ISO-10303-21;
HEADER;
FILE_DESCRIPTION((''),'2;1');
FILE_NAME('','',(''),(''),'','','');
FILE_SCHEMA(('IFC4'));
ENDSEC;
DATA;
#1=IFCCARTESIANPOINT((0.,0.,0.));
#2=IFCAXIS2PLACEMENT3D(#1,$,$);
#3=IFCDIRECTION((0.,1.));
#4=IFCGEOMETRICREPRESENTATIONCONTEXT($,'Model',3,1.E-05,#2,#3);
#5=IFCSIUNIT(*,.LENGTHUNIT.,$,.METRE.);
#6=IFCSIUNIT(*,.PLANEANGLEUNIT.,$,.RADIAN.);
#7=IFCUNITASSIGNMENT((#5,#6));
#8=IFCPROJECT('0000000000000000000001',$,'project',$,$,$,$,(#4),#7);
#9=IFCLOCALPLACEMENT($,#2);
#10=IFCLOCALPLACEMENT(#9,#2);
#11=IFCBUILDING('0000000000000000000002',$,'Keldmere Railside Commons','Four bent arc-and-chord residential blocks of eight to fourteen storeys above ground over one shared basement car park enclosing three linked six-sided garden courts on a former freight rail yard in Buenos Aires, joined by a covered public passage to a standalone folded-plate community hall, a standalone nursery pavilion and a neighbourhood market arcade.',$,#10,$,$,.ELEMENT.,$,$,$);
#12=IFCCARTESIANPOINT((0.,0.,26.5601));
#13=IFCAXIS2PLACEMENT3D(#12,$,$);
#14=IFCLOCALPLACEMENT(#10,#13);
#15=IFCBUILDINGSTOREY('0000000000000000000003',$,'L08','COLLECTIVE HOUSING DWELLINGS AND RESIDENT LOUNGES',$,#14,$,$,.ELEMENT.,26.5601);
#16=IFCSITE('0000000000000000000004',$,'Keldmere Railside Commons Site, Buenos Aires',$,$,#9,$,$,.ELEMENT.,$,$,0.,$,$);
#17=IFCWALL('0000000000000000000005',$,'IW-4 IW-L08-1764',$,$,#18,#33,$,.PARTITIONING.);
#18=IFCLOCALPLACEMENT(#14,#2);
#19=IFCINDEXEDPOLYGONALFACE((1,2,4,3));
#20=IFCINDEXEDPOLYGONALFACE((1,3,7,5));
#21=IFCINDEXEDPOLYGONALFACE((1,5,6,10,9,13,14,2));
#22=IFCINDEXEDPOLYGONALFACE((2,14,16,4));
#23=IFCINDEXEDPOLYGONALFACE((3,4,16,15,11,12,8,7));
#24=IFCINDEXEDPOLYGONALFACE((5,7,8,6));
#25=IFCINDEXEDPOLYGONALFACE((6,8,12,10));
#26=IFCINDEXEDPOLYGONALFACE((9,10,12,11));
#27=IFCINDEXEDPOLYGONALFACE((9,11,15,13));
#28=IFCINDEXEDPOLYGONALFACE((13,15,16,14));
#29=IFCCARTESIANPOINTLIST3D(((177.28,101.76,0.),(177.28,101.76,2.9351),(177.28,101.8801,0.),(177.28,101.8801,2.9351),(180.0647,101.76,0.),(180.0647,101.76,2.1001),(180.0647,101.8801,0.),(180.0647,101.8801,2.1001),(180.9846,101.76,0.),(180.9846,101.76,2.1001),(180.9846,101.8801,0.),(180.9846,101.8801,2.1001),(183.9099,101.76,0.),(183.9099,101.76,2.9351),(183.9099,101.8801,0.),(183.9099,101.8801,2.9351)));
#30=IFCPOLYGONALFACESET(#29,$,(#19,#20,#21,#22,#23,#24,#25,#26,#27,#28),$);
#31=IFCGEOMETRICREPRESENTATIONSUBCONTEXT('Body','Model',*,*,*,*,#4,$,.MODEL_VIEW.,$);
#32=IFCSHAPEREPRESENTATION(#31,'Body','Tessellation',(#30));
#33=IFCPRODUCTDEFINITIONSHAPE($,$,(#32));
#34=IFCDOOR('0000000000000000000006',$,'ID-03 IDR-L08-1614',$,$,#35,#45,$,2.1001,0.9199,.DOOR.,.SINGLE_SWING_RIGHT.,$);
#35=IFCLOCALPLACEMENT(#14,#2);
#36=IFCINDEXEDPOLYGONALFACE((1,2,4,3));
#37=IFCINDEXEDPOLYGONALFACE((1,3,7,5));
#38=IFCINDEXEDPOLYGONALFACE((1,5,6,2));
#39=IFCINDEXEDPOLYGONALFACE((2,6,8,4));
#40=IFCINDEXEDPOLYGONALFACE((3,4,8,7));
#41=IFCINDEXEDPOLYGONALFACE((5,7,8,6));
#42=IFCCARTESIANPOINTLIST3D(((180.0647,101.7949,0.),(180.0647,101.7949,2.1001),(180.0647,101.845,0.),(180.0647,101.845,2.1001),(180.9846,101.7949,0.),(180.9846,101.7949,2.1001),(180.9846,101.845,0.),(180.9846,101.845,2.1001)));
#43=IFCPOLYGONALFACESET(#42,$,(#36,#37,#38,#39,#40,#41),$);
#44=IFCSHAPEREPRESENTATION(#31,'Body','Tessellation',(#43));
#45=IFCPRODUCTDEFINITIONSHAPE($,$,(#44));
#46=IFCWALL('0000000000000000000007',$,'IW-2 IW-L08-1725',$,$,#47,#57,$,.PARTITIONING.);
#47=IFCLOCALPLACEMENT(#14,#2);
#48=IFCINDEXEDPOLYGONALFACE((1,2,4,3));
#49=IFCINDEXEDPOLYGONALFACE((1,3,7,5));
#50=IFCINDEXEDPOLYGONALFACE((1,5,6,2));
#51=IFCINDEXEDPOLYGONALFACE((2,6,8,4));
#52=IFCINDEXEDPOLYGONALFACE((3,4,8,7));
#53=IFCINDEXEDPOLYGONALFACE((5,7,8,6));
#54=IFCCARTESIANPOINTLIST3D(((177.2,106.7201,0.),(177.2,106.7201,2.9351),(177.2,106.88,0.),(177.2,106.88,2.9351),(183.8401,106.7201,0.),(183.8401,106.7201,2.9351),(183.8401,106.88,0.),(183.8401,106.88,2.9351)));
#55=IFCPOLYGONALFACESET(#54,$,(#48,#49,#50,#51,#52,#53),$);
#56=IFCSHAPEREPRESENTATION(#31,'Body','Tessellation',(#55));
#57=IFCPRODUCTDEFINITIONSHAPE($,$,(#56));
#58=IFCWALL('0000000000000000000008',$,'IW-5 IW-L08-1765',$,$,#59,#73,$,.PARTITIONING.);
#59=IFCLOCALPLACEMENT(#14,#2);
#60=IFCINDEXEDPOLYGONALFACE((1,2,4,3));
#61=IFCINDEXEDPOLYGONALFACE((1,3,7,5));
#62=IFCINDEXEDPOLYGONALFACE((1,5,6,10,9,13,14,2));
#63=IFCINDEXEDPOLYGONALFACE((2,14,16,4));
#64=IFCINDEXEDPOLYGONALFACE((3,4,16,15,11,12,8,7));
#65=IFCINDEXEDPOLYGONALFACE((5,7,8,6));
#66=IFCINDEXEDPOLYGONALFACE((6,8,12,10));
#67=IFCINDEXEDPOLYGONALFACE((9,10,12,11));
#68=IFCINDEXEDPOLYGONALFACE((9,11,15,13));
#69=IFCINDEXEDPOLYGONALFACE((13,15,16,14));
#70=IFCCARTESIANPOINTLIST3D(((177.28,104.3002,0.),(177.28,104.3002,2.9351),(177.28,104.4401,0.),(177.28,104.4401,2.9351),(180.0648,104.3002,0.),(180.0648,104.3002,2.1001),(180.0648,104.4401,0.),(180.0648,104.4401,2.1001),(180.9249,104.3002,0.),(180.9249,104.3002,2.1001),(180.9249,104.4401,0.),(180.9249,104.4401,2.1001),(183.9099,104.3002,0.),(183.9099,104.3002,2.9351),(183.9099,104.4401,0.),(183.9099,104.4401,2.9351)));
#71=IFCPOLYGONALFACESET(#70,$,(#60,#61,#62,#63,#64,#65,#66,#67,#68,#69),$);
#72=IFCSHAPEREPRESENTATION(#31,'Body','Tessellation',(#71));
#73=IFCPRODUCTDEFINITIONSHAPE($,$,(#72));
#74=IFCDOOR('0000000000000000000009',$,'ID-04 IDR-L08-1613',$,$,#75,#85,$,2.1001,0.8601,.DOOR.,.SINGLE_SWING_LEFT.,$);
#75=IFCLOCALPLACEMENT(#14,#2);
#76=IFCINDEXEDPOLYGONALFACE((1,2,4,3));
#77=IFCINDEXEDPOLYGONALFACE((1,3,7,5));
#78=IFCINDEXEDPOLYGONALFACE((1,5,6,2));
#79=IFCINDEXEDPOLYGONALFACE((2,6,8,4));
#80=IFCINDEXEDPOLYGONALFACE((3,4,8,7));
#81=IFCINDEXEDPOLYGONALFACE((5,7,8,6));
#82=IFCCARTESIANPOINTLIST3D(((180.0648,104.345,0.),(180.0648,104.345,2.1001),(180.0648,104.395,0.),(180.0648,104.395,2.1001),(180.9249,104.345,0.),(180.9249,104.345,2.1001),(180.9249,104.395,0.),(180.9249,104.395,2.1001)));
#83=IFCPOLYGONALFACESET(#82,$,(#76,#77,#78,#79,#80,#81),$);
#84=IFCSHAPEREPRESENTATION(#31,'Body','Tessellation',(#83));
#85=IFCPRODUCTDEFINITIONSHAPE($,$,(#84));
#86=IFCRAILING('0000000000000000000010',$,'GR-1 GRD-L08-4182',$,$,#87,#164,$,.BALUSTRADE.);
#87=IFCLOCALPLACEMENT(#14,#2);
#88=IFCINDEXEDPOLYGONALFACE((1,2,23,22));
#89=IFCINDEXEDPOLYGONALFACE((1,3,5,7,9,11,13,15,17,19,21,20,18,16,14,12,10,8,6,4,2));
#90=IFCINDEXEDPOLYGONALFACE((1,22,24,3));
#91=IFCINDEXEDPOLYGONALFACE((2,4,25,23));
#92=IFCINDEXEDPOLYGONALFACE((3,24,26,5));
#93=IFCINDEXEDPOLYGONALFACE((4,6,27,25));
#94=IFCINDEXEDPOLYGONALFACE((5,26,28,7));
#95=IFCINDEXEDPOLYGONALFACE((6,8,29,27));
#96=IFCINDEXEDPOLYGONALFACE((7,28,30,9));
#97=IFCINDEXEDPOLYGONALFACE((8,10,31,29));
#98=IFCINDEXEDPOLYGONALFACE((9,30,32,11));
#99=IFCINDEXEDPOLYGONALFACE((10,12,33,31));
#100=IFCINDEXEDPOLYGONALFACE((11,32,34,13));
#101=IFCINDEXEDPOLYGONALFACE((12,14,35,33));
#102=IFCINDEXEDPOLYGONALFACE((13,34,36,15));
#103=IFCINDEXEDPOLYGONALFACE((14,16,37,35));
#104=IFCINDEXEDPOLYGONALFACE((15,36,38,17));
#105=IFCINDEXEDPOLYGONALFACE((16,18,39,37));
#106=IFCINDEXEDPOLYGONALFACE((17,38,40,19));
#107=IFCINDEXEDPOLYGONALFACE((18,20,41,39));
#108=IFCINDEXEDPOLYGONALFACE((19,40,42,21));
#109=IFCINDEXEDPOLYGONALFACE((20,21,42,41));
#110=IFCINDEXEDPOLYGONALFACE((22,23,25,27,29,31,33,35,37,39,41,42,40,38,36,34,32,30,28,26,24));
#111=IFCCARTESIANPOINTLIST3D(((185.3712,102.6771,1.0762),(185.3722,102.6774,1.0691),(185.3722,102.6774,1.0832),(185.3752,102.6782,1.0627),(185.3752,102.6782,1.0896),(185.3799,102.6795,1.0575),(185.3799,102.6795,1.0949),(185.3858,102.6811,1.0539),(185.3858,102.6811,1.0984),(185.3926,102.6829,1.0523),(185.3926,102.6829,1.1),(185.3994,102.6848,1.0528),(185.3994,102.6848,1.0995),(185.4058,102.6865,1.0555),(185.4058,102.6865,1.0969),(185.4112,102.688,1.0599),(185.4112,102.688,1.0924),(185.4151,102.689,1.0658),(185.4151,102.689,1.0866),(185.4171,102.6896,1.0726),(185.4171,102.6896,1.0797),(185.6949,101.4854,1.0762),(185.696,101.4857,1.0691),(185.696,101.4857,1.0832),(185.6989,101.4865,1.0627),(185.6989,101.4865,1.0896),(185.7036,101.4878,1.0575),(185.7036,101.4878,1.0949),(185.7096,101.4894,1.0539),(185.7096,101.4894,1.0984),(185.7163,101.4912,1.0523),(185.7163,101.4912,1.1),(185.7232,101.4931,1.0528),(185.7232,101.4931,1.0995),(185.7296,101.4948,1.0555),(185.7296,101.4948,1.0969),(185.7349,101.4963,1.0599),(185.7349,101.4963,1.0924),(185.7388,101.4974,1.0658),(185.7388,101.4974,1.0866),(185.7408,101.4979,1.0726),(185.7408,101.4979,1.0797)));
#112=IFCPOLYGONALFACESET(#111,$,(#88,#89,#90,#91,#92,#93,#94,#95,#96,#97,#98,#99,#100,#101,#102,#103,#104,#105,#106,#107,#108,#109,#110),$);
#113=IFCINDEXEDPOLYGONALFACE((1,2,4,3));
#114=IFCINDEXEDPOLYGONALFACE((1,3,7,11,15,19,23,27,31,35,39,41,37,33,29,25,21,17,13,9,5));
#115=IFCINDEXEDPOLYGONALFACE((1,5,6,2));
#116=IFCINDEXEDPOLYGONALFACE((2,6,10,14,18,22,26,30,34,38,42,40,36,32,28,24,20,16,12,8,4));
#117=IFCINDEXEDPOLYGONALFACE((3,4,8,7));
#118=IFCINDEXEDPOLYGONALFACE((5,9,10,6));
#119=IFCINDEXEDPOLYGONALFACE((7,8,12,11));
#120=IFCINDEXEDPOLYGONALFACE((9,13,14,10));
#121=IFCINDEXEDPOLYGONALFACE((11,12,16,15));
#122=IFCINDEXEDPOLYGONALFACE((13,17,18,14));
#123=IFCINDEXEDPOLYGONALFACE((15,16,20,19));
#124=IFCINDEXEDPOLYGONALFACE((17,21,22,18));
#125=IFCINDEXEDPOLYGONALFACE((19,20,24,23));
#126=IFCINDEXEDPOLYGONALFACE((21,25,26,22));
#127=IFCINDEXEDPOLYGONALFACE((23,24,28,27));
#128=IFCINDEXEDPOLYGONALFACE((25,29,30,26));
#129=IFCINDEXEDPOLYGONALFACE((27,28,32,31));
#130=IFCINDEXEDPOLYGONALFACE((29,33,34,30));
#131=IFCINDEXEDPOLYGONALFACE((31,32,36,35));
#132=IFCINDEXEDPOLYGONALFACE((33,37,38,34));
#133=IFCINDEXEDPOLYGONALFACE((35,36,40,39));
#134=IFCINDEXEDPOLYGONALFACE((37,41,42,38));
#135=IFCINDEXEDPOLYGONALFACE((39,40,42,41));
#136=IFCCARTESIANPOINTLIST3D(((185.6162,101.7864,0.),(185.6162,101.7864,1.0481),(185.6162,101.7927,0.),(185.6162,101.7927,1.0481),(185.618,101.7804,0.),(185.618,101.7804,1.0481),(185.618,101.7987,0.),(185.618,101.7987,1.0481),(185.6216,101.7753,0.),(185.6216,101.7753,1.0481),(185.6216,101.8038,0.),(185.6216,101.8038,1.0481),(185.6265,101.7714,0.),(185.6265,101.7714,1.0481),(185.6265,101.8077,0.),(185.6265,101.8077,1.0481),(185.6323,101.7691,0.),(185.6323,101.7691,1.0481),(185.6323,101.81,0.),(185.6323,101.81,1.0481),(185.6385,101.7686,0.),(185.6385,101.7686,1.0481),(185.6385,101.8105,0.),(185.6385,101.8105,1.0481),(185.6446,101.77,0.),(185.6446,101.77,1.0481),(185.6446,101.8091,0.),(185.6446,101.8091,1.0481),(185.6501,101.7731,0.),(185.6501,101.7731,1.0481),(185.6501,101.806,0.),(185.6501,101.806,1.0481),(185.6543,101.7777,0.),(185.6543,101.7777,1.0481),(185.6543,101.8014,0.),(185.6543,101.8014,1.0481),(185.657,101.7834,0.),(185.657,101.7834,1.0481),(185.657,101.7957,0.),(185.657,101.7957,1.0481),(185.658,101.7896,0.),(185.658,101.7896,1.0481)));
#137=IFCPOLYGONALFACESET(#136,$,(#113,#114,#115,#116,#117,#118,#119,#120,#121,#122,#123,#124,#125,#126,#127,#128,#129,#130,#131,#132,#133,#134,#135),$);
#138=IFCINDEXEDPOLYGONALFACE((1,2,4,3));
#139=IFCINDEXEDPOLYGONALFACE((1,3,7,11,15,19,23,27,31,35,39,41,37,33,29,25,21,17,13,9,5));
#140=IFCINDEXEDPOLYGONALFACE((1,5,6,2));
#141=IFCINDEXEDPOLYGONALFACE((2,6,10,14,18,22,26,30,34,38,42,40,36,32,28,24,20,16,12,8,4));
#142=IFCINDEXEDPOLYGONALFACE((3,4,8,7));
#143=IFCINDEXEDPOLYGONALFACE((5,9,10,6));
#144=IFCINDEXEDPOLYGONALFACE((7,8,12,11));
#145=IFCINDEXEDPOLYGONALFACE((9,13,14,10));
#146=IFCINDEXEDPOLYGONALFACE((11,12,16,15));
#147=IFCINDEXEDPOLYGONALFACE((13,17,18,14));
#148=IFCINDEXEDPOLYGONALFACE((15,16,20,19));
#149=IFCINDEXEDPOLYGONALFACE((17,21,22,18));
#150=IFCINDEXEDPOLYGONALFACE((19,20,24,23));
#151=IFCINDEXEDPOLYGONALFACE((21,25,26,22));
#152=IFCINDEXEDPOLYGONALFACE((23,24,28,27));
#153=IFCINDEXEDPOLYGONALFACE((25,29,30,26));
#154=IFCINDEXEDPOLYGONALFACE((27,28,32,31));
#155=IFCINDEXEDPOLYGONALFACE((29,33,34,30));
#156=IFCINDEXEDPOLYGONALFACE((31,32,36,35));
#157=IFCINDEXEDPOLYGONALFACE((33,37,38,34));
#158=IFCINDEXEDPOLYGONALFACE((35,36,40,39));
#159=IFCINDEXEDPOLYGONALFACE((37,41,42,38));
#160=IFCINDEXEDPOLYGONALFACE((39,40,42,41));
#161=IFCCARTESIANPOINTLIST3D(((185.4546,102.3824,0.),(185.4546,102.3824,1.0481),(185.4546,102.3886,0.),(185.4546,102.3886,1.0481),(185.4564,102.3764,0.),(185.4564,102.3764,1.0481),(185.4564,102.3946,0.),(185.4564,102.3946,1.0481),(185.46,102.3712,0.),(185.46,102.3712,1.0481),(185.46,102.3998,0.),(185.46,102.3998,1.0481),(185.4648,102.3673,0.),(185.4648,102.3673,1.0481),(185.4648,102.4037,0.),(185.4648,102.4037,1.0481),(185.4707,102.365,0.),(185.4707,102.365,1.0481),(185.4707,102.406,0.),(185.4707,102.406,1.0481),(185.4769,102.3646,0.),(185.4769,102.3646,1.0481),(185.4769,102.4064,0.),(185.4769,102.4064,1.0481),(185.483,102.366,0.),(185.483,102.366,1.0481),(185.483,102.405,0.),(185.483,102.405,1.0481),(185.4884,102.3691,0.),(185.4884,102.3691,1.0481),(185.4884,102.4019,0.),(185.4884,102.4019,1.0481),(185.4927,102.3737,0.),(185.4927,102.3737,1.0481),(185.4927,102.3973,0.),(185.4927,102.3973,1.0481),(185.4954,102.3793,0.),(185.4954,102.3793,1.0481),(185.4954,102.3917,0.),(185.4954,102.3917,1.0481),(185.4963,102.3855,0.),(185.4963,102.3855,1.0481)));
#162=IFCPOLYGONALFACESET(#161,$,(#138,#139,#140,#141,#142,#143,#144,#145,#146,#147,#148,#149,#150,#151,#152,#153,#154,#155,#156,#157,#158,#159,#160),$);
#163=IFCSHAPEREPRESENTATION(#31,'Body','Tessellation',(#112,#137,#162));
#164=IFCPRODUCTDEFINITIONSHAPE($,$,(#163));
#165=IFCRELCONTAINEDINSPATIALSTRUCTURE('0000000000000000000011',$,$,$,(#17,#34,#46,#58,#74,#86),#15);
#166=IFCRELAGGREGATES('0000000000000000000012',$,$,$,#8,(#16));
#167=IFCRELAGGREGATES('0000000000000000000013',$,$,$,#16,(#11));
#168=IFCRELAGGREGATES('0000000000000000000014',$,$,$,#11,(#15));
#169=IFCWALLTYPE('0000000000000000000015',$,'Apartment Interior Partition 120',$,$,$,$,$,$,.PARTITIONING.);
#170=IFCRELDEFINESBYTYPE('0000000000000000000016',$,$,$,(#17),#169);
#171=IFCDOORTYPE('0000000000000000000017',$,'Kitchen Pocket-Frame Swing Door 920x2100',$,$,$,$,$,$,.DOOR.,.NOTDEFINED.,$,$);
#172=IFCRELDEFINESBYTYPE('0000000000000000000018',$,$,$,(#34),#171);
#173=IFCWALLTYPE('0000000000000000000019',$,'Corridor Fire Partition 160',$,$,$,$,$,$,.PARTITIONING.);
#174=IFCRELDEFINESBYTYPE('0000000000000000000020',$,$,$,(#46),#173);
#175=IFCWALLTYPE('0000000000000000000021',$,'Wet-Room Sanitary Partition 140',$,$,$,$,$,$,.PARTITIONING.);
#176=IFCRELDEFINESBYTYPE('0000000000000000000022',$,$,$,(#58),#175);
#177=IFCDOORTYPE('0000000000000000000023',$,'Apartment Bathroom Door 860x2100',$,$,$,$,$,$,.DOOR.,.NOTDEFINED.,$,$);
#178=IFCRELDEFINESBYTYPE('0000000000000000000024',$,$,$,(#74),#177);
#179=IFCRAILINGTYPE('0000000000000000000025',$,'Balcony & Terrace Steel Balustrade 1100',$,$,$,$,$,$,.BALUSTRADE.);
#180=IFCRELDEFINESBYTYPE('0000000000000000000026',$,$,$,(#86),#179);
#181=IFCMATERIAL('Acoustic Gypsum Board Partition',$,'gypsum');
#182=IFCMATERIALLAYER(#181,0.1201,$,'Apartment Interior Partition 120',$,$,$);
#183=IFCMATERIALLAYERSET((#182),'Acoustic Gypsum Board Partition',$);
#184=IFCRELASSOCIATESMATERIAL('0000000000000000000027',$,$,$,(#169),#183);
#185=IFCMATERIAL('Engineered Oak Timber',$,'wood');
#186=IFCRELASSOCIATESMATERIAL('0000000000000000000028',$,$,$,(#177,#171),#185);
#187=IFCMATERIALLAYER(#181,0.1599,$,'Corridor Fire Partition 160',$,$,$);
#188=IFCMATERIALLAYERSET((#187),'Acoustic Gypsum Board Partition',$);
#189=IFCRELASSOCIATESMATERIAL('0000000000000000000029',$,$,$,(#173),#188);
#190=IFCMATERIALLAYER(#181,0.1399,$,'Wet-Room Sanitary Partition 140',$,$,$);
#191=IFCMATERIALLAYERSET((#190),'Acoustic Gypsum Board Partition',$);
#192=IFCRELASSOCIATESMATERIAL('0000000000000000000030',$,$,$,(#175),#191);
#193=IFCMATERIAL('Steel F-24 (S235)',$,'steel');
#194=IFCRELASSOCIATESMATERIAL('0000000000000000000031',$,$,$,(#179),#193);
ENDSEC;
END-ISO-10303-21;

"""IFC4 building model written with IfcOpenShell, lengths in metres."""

from ifc_helpers import new_model, si_unit, direction, frame, frame_2d, origin, origin_2d, place, context, subcontext, project, spatial, rectangle, circle, extrude, material, layer, layer_set, type_object, element, fill, save


model = new_model("IFC4")

# Units and contexts
model_context = context("Model", 3, precision=1e-05, world=origin(), true_north=direction((0.0, 1.0)))
body_context = subcontext(model_context, "Body", "Model", "MODEL_VIEW")
ifc_project = project(units=[si_unit("LENGTHUNIT", "METRE"), si_unit("PLANEANGLEUNIT", "RADIAN")], contexts=[model_context])

# Site, building, storey
site_placement = place(None, origin())
site = spatial("IfcSite", under=ifc_project, at=site_placement, Name="Keldmere Railside Commons Site, Buenos Aires", CompositionType="ELEMENT", RefElevation=0.0)
building_placement = place(site_placement, origin())
building = spatial("IfcBuilding", under=site, at=building_placement, Name="Keldmere Railside Commons", Description="Four bent arc-and-chord residential blocks of eight to fourteen storeys above ground over one shared basement car park enclosing three linked six-sided garden courts on a former freight rail yard in Buenos Aires, joined by a covered public passage to a standalone folded-plate community hall, a standalone nursery pavilion and a neighbourhood market arcade.", CompositionType="ELEMENT")
storey_placement = place(building_placement, frame((0.0, 0.0, 26.5601)))
storey = spatial("IfcBuildingStorey", under=building, at=storey_placement, Name="L08", Description="COLLECTIVE HOUSING DWELLINGS AND RESIDENT LOUNGES", CompositionType="ELEMENT", Elevation=26.5601)

# Shared definitions
ifc_material_1 = material(Name="Acoustic Gypsum Board Partition", Category="gypsum")
ifc_layer_1 = layer(ifc_material_1, 0.1201, Name="Apartment Interior Partition 120")
ifc_layer_set_1 = layer_set([ifc_layer_1], Name="Acoustic Gypsum Board Partition")
wall_type_1 = type_object("IfcWallType", Name="Apartment Interior Partition 120", PredefinedType="PARTITIONING", material=ifc_layer_set_1)
ifc_material_2 = material(Name="Engineered Oak Timber", Category="wood")
door_type_1 = type_object("IfcDoorType", Name="Apartment Bathroom Door 860x2100", OperationType="NOTDEFINED", PredefinedType="DOOR", material=ifc_material_2)

# Wall, opening, door
wall_1_placement = place(storey_placement, frame((177.28, 101.8201, 0.0), z_axis=(0.0, 0.0, 1.0), x_axis=(1.0, 0.0, 0.0)))
wall_1 = element("IfcWall", 1, at=wall_1_placement, inside=storey, type_object=wall_type_1, Name="IW-4 IW-L08-1764", PredefinedType="PARTITIONING", context=body_context, shape_type="SweptSolid", body=[
    extrude(rectangle(XDim=6.6299, YDim=0.1201, at=frame_2d((3.3149, 0.0))), origin(), (0.0, 0.0, 1.0), 2.9351),
])
opening_1_placement = place(wall_1_placement, frame((2.7847, 0.0, 0.0)))
opening_1 = element("IfcOpeningElement", 2, at=opening_1_placement, cuts=wall_1, PredefinedType="OPENING", context=body_context, shape_type="SweptSolid", body=[
    extrude(rectangle(XDim=0.9199, YDim=2.1001, at=frame_2d((0.46, 1.05))), frame((0.0, 0.0701, 0.0), z_axis=(0.0, -1.0, 0.0), x_axis=(1.0, 0.0, 0.0)), (0.0, 0.0, 1.0), 0.1401),
])
door_type_2 = type_object("IfcDoorType", Name="Kitchen Pocket-Frame Swing Door 920x2100", OperationType="NOTDEFINED", PredefinedType="DOOR", material=ifc_material_2)
door_1_placement = place(opening_1_placement, origin())
door_1 = element("IfcDoor", 3, at=door_1_placement, inside=storey, type_object=door_type_2, Name="ID-03 IDR-L08-1614", OperationType="SINGLE_SWING_RIGHT", OverallHeight=2.1001, OverallWidth=0.9199, PredefinedType="DOOR", context=body_context, shape_type="SweptSolid", body=[
    extrude(rectangle(XDim=0.9199, YDim=2.1001, at=frame_2d((0.46, 1.05))), frame((0.0, 0.0249, 0.0), z_axis=(0.0, -1.0, 0.0), x_axis=(1.0, 0.0, 0.0)), (0.0, 0.0, 1.0), 0.05),
])
fill(opening_1, door_1)

# Wall
ifc_layer_2 = layer(ifc_material_1, 0.1599, Name="Corridor Fire Partition 160")
ifc_layer_set_2 = layer_set([ifc_layer_2], Name="Acoustic Gypsum Board Partition")
wall_type_2 = type_object("IfcWallType", Name="Corridor Fire Partition 160", PredefinedType="PARTITIONING", material=ifc_layer_set_2)
wall_2_placement = place(storey_placement, frame((177.2, 106.8, 0.0), z_axis=(0.0, 0.0, 1.0), x_axis=(1.0, 0.0, 0.0)))
element("IfcWall", 4, at=wall_2_placement, inside=storey, type_object=wall_type_2, Name="IW-2 IW-L08-1725", PredefinedType="PARTITIONING", context=body_context, shape_type="SweptSolid", body=[
    extrude(rectangle(XDim=6.6401, YDim=0.1599, at=frame_2d((3.3201, 0.0))), origin(), (0.0, 0.0, 1.0), 2.9351),
])

# Wall, opening, door
ifc_layer_3 = layer(ifc_material_1, 0.1399, Name="Wet-Room Sanitary Partition 140")
ifc_layer_set_3 = layer_set([ifc_layer_3], Name="Acoustic Gypsum Board Partition")
wall_type_3 = type_object("IfcWallType", Name="Wet-Room Sanitary Partition 140", PredefinedType="PARTITIONING", material=ifc_layer_set_3)
wall_3_placement = place(storey_placement, frame((177.28, 104.3701, 0.0), z_axis=(0.0, 0.0, 1.0), x_axis=(1.0, 0.0, 0.0)))
wall_3 = element("IfcWall", 5, at=wall_3_placement, inside=storey, type_object=wall_type_3, Name="IW-5 IW-L08-1765", PredefinedType="PARTITIONING", context=body_context, shape_type="SweptSolid", body=[
    extrude(rectangle(XDim=6.6299, YDim=0.1399, at=frame_2d((3.3149, 0.0))), origin(), (0.0, 0.0, 1.0), 2.9351),
])
opening_2_placement = place(wall_3_placement, frame((2.7847, 0.0, 0.0)))
opening_2 = element("IfcOpeningElement", 6, at=opening_2_placement, cuts=wall_3, PredefinedType="OPENING", context=body_context, shape_type="SweptSolid", body=[
    extrude(rectangle(XDim=0.8601, YDim=2.1001, at=frame_2d((0.4302, 1.05))), frame((0.0, 0.0798, 0.0), z_axis=(0.0, -1.0, 0.0), x_axis=(1.0, 0.0, 0.0)), (0.0, 0.0, 1.0), 0.1599),
])
door_2_placement = place(opening_2_placement, origin())
door_2 = element("IfcDoor", 7, at=door_2_placement, inside=storey, type_object=door_type_1, Name="ID-04 IDR-L08-1613", OperationType="SINGLE_SWING_LEFT", OverallHeight=2.1001, OverallWidth=0.8601, PredefinedType="DOOR", context=body_context, shape_type="SweptSolid", body=[
    extrude(rectangle(XDim=0.8601, YDim=2.1001, at=frame_2d((0.4302, 1.05))), frame((0.0, 0.0249, 0.0), z_axis=(0.0, -1.0, 0.0), x_axis=(1.0, 0.0, 0.0)), (0.0, 0.0, 1.0), 0.05),
])
fill(opening_2, door_2)

# Railing
ifc_material_3 = material(Name="Steel F-24 (S235)", Category="steel")
railing_type = type_object("IfcRailingType", Name="Balcony & Terrace Steel Balustrade 1100", PredefinedType="BALUSTRADE", material=ifc_material_3)
railing_1_placement = place(storey_placement, frame((185.718, 101.4917, 0.0)))
element("IfcRailing", 8, at=railing_1_placement, inside=storey, type_object=railing_type, Name="GR-1 GRD-L08-4182", PredefinedType="BALUSTRADE", context=body_context, shape_type="SweptSolid", body=[
    extrude(circle(Radius=0.0239, at=origin_2d()), frame((0.0, 0.0, 1.0762), z_axis=(-0.262164, 0.965023, 0.0), x_axis=(-0.965023, -0.262164, 0.0)), (0.0, 0.0, 1.0), 1.2349),
    extrude(circle(Radius=0.021, at=origin_2d()), frame((-0.0811, 0.2979, 0.0)), (0.0, 0.0, 1.0), 1.0481),
    extrude(circle(Radius=0.021, at=origin_2d()), frame((-0.2427, 0.8938, 0.0)), (0.0, 0.0, 1.0), 1.0481),
])

save(model, "model.ifc")
